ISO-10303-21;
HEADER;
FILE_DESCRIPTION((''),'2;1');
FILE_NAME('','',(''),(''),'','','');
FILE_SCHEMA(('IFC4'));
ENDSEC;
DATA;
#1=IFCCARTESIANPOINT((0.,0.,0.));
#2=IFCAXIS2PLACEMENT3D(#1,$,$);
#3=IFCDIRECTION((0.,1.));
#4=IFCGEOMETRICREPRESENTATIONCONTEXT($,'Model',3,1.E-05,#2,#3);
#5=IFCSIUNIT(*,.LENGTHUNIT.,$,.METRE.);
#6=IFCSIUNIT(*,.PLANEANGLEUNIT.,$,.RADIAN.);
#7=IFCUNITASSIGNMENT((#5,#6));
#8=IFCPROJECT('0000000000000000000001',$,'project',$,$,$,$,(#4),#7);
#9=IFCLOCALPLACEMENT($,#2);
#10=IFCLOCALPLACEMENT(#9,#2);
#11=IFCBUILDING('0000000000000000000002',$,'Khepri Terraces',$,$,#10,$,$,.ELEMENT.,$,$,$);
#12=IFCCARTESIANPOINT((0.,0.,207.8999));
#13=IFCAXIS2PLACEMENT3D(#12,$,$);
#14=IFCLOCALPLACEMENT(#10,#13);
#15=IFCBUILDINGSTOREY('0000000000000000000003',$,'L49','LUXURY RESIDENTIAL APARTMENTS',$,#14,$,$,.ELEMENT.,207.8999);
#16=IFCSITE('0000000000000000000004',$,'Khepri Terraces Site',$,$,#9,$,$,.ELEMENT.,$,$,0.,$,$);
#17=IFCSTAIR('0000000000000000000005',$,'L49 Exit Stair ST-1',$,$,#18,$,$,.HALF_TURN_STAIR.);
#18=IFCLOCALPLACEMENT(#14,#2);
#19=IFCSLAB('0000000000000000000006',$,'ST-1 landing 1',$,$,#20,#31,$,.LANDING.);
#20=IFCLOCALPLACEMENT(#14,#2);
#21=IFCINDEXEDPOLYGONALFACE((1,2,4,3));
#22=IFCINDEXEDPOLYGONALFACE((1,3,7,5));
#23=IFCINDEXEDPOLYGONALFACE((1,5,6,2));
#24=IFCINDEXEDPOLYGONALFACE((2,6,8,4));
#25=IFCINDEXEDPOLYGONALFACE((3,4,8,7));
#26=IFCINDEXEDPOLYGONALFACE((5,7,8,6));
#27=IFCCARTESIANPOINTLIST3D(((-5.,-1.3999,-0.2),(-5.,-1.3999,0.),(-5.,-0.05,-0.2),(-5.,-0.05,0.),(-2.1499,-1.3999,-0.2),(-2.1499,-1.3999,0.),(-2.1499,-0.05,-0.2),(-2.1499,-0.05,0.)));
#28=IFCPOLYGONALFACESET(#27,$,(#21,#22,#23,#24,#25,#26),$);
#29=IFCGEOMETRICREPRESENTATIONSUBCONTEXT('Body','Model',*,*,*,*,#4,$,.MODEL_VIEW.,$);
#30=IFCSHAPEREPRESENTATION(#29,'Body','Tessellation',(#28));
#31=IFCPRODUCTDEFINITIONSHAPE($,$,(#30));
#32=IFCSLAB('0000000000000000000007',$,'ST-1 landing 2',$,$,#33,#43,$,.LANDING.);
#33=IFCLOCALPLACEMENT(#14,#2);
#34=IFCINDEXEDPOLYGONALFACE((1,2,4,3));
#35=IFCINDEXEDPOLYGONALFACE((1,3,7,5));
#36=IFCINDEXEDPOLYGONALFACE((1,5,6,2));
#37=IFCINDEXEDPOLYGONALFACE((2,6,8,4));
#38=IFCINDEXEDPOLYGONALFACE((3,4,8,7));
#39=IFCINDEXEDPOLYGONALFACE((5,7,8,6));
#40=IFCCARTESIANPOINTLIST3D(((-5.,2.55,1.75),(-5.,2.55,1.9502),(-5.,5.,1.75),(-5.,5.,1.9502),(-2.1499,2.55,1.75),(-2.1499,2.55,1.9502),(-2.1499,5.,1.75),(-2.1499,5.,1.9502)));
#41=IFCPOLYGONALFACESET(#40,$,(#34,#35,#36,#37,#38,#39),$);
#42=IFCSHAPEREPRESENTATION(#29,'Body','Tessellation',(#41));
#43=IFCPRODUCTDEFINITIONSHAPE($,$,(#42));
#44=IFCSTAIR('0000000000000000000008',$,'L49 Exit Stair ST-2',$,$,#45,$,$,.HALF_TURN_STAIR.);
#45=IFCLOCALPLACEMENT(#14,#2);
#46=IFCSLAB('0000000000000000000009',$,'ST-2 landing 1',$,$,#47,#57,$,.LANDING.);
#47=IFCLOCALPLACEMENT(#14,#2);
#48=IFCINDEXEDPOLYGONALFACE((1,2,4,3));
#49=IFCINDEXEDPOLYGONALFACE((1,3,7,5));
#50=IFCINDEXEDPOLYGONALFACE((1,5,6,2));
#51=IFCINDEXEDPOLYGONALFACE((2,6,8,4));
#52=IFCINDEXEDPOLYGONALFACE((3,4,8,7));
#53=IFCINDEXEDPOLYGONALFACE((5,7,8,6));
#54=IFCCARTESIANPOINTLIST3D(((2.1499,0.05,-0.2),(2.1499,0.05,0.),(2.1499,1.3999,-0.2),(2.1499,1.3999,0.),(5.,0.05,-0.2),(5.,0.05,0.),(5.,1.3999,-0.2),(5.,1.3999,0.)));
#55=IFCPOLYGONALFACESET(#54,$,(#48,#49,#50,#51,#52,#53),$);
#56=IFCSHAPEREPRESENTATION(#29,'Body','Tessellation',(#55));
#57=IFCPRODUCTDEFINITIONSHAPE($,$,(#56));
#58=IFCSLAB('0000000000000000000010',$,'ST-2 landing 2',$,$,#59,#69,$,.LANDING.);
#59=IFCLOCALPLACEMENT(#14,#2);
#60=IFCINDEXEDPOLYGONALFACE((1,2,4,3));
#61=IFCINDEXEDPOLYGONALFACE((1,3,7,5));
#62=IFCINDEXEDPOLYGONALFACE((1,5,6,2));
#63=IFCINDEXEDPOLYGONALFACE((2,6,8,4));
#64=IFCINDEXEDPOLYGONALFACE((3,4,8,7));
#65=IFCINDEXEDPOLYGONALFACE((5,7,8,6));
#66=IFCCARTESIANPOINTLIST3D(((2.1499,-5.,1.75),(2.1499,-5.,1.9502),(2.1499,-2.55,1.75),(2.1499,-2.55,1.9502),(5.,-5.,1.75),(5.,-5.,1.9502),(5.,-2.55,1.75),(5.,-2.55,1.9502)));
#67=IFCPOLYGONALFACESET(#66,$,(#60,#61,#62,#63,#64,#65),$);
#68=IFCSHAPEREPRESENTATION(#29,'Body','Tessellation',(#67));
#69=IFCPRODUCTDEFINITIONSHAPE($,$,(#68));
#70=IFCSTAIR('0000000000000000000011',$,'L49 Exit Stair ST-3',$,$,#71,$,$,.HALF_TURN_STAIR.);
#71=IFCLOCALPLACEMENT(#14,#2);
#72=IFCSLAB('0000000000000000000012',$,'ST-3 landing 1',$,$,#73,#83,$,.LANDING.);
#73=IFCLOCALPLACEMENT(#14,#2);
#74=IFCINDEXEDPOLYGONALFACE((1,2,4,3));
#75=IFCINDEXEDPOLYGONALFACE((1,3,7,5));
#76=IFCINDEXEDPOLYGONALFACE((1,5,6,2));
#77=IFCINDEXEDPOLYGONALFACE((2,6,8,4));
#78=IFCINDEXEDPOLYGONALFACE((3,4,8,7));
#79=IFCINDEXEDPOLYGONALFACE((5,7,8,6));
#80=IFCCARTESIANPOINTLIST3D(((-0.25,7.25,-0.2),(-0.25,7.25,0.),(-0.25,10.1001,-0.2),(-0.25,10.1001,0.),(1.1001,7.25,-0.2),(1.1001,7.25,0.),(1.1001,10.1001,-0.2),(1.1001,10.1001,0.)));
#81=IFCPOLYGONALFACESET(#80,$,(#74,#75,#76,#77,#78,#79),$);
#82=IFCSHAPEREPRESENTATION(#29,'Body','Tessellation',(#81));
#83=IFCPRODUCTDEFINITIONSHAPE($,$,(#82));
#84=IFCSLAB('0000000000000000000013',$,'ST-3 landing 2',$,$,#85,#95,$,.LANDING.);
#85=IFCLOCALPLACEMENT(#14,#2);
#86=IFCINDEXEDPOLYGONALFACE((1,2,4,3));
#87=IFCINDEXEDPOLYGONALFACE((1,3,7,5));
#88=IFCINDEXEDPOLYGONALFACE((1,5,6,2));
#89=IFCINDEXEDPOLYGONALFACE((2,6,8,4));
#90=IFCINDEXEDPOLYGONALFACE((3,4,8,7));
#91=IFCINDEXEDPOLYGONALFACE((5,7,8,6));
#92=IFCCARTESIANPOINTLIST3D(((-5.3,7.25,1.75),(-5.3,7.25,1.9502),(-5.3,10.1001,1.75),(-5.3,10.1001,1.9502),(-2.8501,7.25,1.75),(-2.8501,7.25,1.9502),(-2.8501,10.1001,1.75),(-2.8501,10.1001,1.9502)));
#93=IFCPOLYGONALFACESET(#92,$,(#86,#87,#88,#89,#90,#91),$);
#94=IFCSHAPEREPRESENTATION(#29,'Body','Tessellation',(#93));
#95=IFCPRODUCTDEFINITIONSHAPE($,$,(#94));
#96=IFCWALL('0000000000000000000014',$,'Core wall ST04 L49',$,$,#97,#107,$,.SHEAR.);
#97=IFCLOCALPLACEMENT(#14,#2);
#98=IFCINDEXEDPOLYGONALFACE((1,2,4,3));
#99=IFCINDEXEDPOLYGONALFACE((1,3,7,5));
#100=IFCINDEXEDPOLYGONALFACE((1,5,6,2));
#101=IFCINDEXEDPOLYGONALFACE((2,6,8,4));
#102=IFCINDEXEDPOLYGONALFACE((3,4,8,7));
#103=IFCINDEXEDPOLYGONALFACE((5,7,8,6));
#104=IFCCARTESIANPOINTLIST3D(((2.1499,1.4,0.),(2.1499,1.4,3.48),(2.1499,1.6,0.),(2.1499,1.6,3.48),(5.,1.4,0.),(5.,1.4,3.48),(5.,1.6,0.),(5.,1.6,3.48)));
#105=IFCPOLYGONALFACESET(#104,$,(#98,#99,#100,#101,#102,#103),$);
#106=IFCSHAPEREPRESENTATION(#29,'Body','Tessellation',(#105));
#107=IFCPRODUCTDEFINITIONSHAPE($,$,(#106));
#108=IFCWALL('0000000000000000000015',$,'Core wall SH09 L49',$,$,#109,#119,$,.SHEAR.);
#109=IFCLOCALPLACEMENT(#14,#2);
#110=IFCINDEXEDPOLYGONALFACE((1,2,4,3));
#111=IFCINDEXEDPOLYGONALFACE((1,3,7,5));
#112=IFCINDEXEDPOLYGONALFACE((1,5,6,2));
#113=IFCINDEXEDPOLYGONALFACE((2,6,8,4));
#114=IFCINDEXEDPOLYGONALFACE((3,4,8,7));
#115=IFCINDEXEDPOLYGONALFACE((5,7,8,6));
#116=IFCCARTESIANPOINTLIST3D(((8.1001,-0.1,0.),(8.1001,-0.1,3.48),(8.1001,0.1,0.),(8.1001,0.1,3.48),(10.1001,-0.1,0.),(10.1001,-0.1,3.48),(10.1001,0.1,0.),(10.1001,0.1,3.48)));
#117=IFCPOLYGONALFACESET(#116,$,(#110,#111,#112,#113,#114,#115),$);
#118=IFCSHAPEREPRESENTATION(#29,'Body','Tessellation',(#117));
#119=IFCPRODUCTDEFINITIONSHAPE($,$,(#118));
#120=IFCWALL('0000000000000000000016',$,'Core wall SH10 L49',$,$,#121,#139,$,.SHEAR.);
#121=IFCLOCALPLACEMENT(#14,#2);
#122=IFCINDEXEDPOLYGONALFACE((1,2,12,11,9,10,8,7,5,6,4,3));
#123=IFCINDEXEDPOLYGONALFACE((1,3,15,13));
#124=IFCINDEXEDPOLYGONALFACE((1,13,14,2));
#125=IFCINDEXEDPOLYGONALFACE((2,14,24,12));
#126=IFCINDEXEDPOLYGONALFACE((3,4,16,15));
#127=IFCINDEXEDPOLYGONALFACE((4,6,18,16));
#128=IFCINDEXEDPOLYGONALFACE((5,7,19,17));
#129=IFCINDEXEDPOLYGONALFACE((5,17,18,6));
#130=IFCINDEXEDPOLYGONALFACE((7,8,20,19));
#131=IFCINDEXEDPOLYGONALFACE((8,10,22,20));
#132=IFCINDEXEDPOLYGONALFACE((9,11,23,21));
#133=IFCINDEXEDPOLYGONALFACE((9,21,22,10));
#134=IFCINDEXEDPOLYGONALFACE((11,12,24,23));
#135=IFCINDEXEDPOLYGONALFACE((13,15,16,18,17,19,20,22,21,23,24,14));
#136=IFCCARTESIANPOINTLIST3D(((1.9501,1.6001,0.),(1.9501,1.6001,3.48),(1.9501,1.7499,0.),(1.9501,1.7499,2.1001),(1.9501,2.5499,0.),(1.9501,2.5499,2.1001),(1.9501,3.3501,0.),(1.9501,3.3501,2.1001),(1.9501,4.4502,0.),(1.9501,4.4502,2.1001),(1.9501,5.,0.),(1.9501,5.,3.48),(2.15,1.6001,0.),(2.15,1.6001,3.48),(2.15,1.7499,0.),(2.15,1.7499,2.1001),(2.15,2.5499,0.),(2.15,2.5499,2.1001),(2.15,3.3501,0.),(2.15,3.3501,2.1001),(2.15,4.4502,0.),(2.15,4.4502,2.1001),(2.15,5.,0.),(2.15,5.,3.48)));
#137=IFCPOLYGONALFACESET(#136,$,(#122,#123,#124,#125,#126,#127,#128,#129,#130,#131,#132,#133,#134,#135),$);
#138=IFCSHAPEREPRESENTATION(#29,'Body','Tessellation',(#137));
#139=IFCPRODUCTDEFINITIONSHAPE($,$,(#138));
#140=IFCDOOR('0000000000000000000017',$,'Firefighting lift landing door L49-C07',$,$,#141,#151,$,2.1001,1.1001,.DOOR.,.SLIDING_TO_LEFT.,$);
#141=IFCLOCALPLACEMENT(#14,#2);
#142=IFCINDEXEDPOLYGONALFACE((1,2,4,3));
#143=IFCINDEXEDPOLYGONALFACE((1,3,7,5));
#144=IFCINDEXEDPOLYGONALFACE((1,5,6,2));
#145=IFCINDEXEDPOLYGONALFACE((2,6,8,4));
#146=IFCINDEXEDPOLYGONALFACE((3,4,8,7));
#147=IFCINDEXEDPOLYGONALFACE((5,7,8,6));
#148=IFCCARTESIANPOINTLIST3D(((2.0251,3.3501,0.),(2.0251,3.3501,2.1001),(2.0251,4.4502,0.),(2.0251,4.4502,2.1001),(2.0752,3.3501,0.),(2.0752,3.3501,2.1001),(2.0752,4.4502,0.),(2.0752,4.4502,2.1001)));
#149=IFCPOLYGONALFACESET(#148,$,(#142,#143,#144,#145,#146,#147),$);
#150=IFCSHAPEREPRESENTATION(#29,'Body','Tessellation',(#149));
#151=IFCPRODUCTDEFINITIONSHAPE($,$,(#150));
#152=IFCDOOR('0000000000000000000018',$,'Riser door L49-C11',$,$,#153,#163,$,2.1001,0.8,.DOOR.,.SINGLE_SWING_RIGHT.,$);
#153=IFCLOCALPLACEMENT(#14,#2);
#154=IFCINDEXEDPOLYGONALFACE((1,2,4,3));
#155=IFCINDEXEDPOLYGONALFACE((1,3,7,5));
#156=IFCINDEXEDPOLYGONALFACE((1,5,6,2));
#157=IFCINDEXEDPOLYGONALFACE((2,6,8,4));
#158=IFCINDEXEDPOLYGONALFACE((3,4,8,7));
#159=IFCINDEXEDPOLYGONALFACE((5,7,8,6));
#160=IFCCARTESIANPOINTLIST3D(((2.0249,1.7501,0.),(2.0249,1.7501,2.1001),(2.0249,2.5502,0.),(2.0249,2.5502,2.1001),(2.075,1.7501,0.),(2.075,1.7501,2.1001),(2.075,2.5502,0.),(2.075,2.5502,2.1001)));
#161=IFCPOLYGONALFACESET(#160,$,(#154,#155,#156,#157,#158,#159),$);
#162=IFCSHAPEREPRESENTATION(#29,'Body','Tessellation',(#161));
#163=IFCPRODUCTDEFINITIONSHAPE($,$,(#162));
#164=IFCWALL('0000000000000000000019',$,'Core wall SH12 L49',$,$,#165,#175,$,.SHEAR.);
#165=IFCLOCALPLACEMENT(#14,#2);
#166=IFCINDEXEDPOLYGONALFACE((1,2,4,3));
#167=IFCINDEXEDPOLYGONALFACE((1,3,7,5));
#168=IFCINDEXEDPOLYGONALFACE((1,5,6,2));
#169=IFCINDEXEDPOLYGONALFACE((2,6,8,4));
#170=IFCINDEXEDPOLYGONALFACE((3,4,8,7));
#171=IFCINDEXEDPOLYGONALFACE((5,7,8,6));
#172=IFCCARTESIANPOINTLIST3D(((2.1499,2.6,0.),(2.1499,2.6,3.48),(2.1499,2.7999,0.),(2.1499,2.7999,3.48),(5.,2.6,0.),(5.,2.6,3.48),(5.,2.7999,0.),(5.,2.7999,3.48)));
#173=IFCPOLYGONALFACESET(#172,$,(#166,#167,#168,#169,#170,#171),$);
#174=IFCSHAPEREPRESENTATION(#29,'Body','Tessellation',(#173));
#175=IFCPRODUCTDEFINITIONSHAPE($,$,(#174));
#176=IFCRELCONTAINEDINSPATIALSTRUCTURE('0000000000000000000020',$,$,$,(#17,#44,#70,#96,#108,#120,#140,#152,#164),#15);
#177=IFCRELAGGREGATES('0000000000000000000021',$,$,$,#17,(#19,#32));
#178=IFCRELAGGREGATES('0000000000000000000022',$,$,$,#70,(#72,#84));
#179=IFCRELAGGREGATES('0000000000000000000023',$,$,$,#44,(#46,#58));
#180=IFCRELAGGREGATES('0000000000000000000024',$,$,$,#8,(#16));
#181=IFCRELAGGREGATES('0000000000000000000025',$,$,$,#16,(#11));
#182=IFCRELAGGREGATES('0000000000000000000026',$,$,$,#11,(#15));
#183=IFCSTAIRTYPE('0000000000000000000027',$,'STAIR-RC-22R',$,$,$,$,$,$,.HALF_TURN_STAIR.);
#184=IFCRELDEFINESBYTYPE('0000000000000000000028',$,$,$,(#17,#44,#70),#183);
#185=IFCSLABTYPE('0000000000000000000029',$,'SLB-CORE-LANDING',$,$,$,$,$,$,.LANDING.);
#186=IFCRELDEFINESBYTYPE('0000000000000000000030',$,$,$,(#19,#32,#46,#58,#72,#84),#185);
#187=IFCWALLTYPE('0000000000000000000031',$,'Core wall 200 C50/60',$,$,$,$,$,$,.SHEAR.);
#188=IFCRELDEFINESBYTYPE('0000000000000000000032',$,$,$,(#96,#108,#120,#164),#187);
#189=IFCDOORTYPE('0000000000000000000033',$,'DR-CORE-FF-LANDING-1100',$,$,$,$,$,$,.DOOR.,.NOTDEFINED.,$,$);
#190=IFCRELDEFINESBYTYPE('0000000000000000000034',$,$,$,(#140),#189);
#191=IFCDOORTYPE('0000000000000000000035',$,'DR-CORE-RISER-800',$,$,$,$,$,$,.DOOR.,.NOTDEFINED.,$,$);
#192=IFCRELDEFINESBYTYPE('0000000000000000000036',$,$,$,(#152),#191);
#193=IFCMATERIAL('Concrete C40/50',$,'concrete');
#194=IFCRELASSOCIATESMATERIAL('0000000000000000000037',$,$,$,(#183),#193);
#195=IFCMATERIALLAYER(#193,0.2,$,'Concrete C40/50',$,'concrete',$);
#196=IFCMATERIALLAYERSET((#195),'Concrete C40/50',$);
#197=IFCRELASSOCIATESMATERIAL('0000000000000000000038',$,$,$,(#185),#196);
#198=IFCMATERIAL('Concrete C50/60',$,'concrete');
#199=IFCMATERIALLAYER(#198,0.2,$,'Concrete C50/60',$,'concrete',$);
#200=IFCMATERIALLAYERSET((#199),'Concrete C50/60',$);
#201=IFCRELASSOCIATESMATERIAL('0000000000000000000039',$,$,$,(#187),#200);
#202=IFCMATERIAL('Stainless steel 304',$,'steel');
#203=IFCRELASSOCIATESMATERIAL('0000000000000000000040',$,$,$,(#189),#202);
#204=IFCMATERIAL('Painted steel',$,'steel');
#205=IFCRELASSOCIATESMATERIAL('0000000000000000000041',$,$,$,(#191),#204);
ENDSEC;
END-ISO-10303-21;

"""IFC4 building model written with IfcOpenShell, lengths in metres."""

from ifc_helpers import new_model, si_unit, direction, frame, frame_2d, origin, place, context, subcontext, project, spatial, polyline, rectangle, outline, extrude, material, layer, layer_set, type_object, element, fill, aggregate, save


model = new_model("IFC4")

# Units and contexts
model_context = context("Model", 3, precision=1e-05, world=origin(), true_north=direction((0.0, 1.0)))
body_context = subcontext(model_context, "Body", "Model", "MODEL_VIEW")
ifc_project = project(units=[si_unit("LENGTHUNIT", "METRE"), si_unit("PLANEANGLEUNIT", "RADIAN")], contexts=[model_context])

# Site, building, storey
site_placement = place(None, origin())
site = spatial("IfcSite", under=ifc_project, at=site_placement, Name="Khepri Terraces Site", CompositionType="ELEMENT", RefElevation=0.0)
building_placement = place(site_placement, origin())
building = spatial("IfcBuilding", under=site, at=building_placement, Name="Khepri Terraces", CompositionType="ELEMENT")
storey_placement = place(building_placement, frame((0.0, 0.0, 207.8999)))
storey = spatial("IfcBuildingStorey", under=building, at=storey_placement, Name="L49", Description="LUXURY RESIDENTIAL APARTMENTS", CompositionType="ELEMENT", Elevation=207.8999)

# Stairs, slabs
ifc_material_1 = material(Name="Concrete C40/50", Category="concrete")
stair_type = type_object("IfcStairType", Name="STAIR-RC-22R", PredefinedType="HALF_TURN_STAIR", material=ifc_material_1)
stair_1_placement = place(storey_placement, origin())
stair_1 = element("IfcStair", 1, at=stair_1_placement, inside=storey, type_object=stair_type, Name="L49 Exit Stair ST-1", PredefinedType="HALF_TURN_STAIR")
ifc_layer_1 = layer(ifc_material_1, 0.2, Name="Concrete C40/50", Category="concrete")
ifc_layer_set_1 = layer_set([ifc_layer_1], Name="Concrete C40/50")
slab_type = type_object("IfcSlabType", Name="SLB-CORE-LANDING", PredefinedType="LANDING", material=ifc_layer_set_1)
slab_1_placement = place(storey_placement, frame((0.0, 0.0, -0.2)))
slab_1 = element("IfcSlab", 2, at=slab_1_placement, type_object=slab_type, Name="ST-1 landing 1", PredefinedType="LANDING", context=body_context, shape_type="SweptSolid", body=[
    extrude(outline(polyline([(-2.1499, -1.3999), (-2.1499, -0.05), (-5.0, -0.05), (-5.0, -1.3999), (-2.1499, -1.3999)])), origin(), (0.0, 0.0, 1.0), 0.2),
])
slab_2_placement = place(storey_placement, frame((0.0, 0.0, 1.75)))
slab_2 = element("IfcSlab", 3, at=slab_2_placement, type_object=slab_type, Name="ST-1 landing 2", PredefinedType="LANDING", context=body_context, shape_type="SweptSolid", body=[
    extrude(outline(polyline([(-2.1499, 2.55), (-2.1499, 5.0), (-5.0, 5.0), (-5.0, 2.55), (-2.1499, 2.55)])), origin(), (0.0, 0.0, 1.0), 0.2002),
])
aggregate(stair_1, [slab_1, slab_2])
stair_2_placement = place(storey_placement, origin())
stair_2 = element("IfcStair", 4, at=stair_2_placement, inside=storey, type_object=stair_type, Name="L49 Exit Stair ST-2", PredefinedType="HALF_TURN_STAIR")
slab_3_placement = place(storey_placement, frame((0.0, 0.0, -0.2)))
slab_3 = element("IfcSlab", 5, at=slab_3_placement, type_object=slab_type, Name="ST-2 landing 1", PredefinedType="LANDING", context=body_context, shape_type="SweptSolid", body=[
    extrude(outline(polyline([(2.1499, 1.3999), (2.1499, 0.05), (5.0, 0.05), (5.0, 1.3999), (2.1499, 1.3999)])), origin(), (0.0, 0.0, 1.0), 0.2),
])
slab_4_placement = place(storey_placement, frame((0.0, 0.0, 1.75)))
slab_4 = element("IfcSlab", 6, at=slab_4_placement, type_object=slab_type, Name="ST-2 landing 2", PredefinedType="LANDING", context=body_context, shape_type="SweptSolid", body=[
    extrude(outline(polyline([(2.1499, -2.55), (2.1499, -5.0), (5.0, -5.0), (5.0, -2.55), (2.1499, -2.55)])), origin(), (0.0, 0.0, 1.0), 0.2002),
])
stair_3_placement = place(storey_placement, origin())
stair_3 = element("IfcStair", 7, at=stair_3_placement, inside=storey, type_object=stair_type, Name="L49 Exit Stair ST-3", PredefinedType="HALF_TURN_STAIR")
slab_5_placement = place(storey_placement, frame((0.0, 0.0, -0.2)))
slab_5 = element("IfcSlab", 8, at=slab_5_placement, type_object=slab_type, Name="ST-3 landing 1", PredefinedType="LANDING", context=body_context, shape_type="SweptSolid", body=[
    extrude(outline(polyline([(1.1001, 10.1001), (-0.25, 10.1001), (-0.25, 7.25), (1.1001, 7.25), (1.1001, 10.1001)])), origin(), (0.0, 0.0, 1.0), 0.2),
])
slab_6_placement = place(storey_placement, frame((0.0, 0.0, 1.75)))
slab_6 = element("IfcSlab", 9, at=slab_6_placement, type_object=slab_type, Name="ST-3 landing 2", PredefinedType="LANDING", context=body_context, shape_type="SweptSolid", body=[
    extrude(outline(polyline([(-2.8501, 10.1001), (-5.3, 10.1001), (-5.3, 7.25), (-2.8501, 7.25), (-2.8501, 10.1001)])), origin(), (0.0, 0.0, 1.0), 0.2002),
])
aggregate(stair_3, [slab_5, slab_6])

# Walls
ifc_material_2 = material(Name="Concrete C50/60", Category="concrete")
ifc_layer_2 = layer(ifc_material_2, 0.2, Name="Concrete C50/60", Category="concrete")
ifc_layer_set_2 = layer_set([ifc_layer_2], Name="Concrete C50/60")
wall_type = type_object("IfcWallType", Name="Core wall 200 C50/60", PredefinedType="SHEAR", material=ifc_layer_set_2)
wall_1_placement = place(storey_placement, frame((2.1499, 1.5, 0.0), z_axis=(0.0, 0.0, 1.0), x_axis=(1.0, 0.0, 0.0)))
element("IfcWall", 10, at=wall_1_placement, inside=storey, type_object=wall_type, Name="Core wall ST04 L49", PredefinedType="SHEAR", context=body_context, shape_type="SweptSolid", body=[
    extrude(rectangle(XDim=2.8501, YDim=0.2, at=frame_2d((1.425, 0.0))), origin(), (0.0, 0.0, 1.0), 3.48),
])
wall_2_placement = place(storey_placement, frame((8.1001, 0.0, 0.0), z_axis=(0.0, 0.0, 1.0), x_axis=(1.0, 0.0, 0.0)))
element("IfcWall", 11, at=wall_2_placement, inside=storey, type_object=wall_type, Name="Core wall SH09 L49", PredefinedType="SHEAR", context=body_context, shape_type="SweptSolid", body=[
    extrude(rectangle(XDim=2.0, YDim=0.2, at=frame_2d((1.0, 0.0))), origin(), (0.0, 0.0, 1.0), 3.48),
])

# Wall, openings, doors
wall_3_placement = place(storey_placement, frame((2.05, 1.6001, 0.0), z_axis=(0.0, 0.0, 1.0), x_axis=(0.0, 1.0, 0.0)))
wall_3 = element("IfcWall", 12, at=wall_3_placement, inside=storey, type_object=wall_type, Name="Core wall SH10 L49", PredefinedType="SHEAR", context=body_context, shape_type="SweptSolid", body=[
    extrude(rectangle(XDim=3.3999, YDim=0.2, at=frame_2d((1.7, 0.0))), origin(), (0.0, 0.0, 1.0), 3.48),
])
opening_1_placement = place(wall_3_placement, frame((1.75, 0.0, 0.0)))
opening_1 = element("IfcOpeningElement", 13, at=opening_1_placement, cuts=wall_3, PredefinedType="OPENING", context=body_context, shape_type="SweptSolid", body=[
    extrude(rectangle(XDim=1.1001, YDim=2.1001, at=frame_2d((0.55, 1.05))), frame((0.0, 0.1099, 0.0), z_axis=(0.0, -1.0, 0.0), x_axis=(1.0, 0.0, 0.0)), (0.0, 0.0, 1.0), 0.22),
])
opening_2_placement = place(wall_3_placement, frame((0.1499, 0.0, 0.0)))
opening_2 = element("IfcOpeningElement", 14, at=opening_2_placement, cuts=wall_3, PredefinedType="OPENING", context=body_context, shape_type="SweptSolid", body=[
    extrude(rectangle(XDim=0.8, YDim=2.1001, at=frame_2d((0.3999, 1.05))), frame((0.0, 0.1099, 0.0), z_axis=(0.0, -1.0, 0.0), x_axis=(1.0, 0.0, 0.0)), (0.0, 0.0, 1.0), 0.22),
])
ifc_material_3 = material(Name="Stainless steel 304", Category="steel")
door_type_1 = type_object("IfcDoorType", Name="DR-CORE-FF-LANDING-1100", OperationType="NOTDEFINED", PredefinedType="DOOR", material=ifc_material_3)
door_1_placement = place(opening_1_placement, origin())
door_1 = element("IfcDoor", 15, at=door_1_placement, inside=storey, type_object=door_type_1, Name="Firefighting lift landing door L49-C07", OperationType="SLIDING_TO_LEFT", OverallHeight=2.1001, OverallWidth=1.1001, PredefinedType="DOOR", context=body_context, shape_type="SweptSolid", body=[
    extrude(rectangle(XDim=1.1001, YDim=2.1001, at=frame_2d((0.55, 1.05))), frame((0.0, 0.0249, 0.0), z_axis=(0.0, -1.0, 0.0), x_axis=(1.0, 0.0, 0.0)), (0.0, 0.0, 1.0), 0.05),
])
fill(opening_1, door_1)
ifc_material_4 = material(Name="Painted steel", Category="steel")
door_type_2 = type_object("IfcDoorType", Name="DR-CORE-RISER-800", OperationType="NOTDEFINED", PredefinedType="DOOR", material=ifc_material_4)
door_2_placement = place(opening_2_placement, frame((0.8, 0.0, 0.0), z_axis=(0.0, 0.0, 1.0), x_axis=(-1.0, 0.0, 0.0)))
door_2 = element("IfcDoor", 16, at=door_2_placement, inside=storey, type_object=door_type_2, Name="Riser door L49-C11", OperationType="SINGLE_SWING_RIGHT", OverallHeight=2.1001, OverallWidth=0.8, PredefinedType="DOOR", context=body_context, shape_type="SweptSolid", body=[
    extrude(rectangle(XDim=0.8, YDim=2.1001, at=frame_2d((0.3999, 1.05))), frame((0.0, 0.0249, 0.0), z_axis=(0.0, -1.0, 0.0), x_axis=(1.0, 0.0, 0.0)), (0.0, 0.0, 1.0), 0.05),
])
fill(opening_2, door_2)

# Wall
wall_4_placement = place(storey_placement, frame((2.1499, 2.7, 0.0), z_axis=(0.0, 0.0, 1.0), x_axis=(1.0, 0.0, 0.0)))
element("IfcWall", 17, at=wall_4_placement, inside=storey, type_object=wall_type, Name="Core wall SH12 L49", PredefinedType="SHEAR", context=body_context, shape_type="SweptSolid", body=[
    extrude(rectangle(XDim=2.8501, YDim=0.2, at=frame_2d((1.425, 0.0))), origin(), (0.0, 0.0, 1.0), 3.48),
])

aggregate(stair_2, [slab_3, slab_4])

save(model, "model.ifc")
